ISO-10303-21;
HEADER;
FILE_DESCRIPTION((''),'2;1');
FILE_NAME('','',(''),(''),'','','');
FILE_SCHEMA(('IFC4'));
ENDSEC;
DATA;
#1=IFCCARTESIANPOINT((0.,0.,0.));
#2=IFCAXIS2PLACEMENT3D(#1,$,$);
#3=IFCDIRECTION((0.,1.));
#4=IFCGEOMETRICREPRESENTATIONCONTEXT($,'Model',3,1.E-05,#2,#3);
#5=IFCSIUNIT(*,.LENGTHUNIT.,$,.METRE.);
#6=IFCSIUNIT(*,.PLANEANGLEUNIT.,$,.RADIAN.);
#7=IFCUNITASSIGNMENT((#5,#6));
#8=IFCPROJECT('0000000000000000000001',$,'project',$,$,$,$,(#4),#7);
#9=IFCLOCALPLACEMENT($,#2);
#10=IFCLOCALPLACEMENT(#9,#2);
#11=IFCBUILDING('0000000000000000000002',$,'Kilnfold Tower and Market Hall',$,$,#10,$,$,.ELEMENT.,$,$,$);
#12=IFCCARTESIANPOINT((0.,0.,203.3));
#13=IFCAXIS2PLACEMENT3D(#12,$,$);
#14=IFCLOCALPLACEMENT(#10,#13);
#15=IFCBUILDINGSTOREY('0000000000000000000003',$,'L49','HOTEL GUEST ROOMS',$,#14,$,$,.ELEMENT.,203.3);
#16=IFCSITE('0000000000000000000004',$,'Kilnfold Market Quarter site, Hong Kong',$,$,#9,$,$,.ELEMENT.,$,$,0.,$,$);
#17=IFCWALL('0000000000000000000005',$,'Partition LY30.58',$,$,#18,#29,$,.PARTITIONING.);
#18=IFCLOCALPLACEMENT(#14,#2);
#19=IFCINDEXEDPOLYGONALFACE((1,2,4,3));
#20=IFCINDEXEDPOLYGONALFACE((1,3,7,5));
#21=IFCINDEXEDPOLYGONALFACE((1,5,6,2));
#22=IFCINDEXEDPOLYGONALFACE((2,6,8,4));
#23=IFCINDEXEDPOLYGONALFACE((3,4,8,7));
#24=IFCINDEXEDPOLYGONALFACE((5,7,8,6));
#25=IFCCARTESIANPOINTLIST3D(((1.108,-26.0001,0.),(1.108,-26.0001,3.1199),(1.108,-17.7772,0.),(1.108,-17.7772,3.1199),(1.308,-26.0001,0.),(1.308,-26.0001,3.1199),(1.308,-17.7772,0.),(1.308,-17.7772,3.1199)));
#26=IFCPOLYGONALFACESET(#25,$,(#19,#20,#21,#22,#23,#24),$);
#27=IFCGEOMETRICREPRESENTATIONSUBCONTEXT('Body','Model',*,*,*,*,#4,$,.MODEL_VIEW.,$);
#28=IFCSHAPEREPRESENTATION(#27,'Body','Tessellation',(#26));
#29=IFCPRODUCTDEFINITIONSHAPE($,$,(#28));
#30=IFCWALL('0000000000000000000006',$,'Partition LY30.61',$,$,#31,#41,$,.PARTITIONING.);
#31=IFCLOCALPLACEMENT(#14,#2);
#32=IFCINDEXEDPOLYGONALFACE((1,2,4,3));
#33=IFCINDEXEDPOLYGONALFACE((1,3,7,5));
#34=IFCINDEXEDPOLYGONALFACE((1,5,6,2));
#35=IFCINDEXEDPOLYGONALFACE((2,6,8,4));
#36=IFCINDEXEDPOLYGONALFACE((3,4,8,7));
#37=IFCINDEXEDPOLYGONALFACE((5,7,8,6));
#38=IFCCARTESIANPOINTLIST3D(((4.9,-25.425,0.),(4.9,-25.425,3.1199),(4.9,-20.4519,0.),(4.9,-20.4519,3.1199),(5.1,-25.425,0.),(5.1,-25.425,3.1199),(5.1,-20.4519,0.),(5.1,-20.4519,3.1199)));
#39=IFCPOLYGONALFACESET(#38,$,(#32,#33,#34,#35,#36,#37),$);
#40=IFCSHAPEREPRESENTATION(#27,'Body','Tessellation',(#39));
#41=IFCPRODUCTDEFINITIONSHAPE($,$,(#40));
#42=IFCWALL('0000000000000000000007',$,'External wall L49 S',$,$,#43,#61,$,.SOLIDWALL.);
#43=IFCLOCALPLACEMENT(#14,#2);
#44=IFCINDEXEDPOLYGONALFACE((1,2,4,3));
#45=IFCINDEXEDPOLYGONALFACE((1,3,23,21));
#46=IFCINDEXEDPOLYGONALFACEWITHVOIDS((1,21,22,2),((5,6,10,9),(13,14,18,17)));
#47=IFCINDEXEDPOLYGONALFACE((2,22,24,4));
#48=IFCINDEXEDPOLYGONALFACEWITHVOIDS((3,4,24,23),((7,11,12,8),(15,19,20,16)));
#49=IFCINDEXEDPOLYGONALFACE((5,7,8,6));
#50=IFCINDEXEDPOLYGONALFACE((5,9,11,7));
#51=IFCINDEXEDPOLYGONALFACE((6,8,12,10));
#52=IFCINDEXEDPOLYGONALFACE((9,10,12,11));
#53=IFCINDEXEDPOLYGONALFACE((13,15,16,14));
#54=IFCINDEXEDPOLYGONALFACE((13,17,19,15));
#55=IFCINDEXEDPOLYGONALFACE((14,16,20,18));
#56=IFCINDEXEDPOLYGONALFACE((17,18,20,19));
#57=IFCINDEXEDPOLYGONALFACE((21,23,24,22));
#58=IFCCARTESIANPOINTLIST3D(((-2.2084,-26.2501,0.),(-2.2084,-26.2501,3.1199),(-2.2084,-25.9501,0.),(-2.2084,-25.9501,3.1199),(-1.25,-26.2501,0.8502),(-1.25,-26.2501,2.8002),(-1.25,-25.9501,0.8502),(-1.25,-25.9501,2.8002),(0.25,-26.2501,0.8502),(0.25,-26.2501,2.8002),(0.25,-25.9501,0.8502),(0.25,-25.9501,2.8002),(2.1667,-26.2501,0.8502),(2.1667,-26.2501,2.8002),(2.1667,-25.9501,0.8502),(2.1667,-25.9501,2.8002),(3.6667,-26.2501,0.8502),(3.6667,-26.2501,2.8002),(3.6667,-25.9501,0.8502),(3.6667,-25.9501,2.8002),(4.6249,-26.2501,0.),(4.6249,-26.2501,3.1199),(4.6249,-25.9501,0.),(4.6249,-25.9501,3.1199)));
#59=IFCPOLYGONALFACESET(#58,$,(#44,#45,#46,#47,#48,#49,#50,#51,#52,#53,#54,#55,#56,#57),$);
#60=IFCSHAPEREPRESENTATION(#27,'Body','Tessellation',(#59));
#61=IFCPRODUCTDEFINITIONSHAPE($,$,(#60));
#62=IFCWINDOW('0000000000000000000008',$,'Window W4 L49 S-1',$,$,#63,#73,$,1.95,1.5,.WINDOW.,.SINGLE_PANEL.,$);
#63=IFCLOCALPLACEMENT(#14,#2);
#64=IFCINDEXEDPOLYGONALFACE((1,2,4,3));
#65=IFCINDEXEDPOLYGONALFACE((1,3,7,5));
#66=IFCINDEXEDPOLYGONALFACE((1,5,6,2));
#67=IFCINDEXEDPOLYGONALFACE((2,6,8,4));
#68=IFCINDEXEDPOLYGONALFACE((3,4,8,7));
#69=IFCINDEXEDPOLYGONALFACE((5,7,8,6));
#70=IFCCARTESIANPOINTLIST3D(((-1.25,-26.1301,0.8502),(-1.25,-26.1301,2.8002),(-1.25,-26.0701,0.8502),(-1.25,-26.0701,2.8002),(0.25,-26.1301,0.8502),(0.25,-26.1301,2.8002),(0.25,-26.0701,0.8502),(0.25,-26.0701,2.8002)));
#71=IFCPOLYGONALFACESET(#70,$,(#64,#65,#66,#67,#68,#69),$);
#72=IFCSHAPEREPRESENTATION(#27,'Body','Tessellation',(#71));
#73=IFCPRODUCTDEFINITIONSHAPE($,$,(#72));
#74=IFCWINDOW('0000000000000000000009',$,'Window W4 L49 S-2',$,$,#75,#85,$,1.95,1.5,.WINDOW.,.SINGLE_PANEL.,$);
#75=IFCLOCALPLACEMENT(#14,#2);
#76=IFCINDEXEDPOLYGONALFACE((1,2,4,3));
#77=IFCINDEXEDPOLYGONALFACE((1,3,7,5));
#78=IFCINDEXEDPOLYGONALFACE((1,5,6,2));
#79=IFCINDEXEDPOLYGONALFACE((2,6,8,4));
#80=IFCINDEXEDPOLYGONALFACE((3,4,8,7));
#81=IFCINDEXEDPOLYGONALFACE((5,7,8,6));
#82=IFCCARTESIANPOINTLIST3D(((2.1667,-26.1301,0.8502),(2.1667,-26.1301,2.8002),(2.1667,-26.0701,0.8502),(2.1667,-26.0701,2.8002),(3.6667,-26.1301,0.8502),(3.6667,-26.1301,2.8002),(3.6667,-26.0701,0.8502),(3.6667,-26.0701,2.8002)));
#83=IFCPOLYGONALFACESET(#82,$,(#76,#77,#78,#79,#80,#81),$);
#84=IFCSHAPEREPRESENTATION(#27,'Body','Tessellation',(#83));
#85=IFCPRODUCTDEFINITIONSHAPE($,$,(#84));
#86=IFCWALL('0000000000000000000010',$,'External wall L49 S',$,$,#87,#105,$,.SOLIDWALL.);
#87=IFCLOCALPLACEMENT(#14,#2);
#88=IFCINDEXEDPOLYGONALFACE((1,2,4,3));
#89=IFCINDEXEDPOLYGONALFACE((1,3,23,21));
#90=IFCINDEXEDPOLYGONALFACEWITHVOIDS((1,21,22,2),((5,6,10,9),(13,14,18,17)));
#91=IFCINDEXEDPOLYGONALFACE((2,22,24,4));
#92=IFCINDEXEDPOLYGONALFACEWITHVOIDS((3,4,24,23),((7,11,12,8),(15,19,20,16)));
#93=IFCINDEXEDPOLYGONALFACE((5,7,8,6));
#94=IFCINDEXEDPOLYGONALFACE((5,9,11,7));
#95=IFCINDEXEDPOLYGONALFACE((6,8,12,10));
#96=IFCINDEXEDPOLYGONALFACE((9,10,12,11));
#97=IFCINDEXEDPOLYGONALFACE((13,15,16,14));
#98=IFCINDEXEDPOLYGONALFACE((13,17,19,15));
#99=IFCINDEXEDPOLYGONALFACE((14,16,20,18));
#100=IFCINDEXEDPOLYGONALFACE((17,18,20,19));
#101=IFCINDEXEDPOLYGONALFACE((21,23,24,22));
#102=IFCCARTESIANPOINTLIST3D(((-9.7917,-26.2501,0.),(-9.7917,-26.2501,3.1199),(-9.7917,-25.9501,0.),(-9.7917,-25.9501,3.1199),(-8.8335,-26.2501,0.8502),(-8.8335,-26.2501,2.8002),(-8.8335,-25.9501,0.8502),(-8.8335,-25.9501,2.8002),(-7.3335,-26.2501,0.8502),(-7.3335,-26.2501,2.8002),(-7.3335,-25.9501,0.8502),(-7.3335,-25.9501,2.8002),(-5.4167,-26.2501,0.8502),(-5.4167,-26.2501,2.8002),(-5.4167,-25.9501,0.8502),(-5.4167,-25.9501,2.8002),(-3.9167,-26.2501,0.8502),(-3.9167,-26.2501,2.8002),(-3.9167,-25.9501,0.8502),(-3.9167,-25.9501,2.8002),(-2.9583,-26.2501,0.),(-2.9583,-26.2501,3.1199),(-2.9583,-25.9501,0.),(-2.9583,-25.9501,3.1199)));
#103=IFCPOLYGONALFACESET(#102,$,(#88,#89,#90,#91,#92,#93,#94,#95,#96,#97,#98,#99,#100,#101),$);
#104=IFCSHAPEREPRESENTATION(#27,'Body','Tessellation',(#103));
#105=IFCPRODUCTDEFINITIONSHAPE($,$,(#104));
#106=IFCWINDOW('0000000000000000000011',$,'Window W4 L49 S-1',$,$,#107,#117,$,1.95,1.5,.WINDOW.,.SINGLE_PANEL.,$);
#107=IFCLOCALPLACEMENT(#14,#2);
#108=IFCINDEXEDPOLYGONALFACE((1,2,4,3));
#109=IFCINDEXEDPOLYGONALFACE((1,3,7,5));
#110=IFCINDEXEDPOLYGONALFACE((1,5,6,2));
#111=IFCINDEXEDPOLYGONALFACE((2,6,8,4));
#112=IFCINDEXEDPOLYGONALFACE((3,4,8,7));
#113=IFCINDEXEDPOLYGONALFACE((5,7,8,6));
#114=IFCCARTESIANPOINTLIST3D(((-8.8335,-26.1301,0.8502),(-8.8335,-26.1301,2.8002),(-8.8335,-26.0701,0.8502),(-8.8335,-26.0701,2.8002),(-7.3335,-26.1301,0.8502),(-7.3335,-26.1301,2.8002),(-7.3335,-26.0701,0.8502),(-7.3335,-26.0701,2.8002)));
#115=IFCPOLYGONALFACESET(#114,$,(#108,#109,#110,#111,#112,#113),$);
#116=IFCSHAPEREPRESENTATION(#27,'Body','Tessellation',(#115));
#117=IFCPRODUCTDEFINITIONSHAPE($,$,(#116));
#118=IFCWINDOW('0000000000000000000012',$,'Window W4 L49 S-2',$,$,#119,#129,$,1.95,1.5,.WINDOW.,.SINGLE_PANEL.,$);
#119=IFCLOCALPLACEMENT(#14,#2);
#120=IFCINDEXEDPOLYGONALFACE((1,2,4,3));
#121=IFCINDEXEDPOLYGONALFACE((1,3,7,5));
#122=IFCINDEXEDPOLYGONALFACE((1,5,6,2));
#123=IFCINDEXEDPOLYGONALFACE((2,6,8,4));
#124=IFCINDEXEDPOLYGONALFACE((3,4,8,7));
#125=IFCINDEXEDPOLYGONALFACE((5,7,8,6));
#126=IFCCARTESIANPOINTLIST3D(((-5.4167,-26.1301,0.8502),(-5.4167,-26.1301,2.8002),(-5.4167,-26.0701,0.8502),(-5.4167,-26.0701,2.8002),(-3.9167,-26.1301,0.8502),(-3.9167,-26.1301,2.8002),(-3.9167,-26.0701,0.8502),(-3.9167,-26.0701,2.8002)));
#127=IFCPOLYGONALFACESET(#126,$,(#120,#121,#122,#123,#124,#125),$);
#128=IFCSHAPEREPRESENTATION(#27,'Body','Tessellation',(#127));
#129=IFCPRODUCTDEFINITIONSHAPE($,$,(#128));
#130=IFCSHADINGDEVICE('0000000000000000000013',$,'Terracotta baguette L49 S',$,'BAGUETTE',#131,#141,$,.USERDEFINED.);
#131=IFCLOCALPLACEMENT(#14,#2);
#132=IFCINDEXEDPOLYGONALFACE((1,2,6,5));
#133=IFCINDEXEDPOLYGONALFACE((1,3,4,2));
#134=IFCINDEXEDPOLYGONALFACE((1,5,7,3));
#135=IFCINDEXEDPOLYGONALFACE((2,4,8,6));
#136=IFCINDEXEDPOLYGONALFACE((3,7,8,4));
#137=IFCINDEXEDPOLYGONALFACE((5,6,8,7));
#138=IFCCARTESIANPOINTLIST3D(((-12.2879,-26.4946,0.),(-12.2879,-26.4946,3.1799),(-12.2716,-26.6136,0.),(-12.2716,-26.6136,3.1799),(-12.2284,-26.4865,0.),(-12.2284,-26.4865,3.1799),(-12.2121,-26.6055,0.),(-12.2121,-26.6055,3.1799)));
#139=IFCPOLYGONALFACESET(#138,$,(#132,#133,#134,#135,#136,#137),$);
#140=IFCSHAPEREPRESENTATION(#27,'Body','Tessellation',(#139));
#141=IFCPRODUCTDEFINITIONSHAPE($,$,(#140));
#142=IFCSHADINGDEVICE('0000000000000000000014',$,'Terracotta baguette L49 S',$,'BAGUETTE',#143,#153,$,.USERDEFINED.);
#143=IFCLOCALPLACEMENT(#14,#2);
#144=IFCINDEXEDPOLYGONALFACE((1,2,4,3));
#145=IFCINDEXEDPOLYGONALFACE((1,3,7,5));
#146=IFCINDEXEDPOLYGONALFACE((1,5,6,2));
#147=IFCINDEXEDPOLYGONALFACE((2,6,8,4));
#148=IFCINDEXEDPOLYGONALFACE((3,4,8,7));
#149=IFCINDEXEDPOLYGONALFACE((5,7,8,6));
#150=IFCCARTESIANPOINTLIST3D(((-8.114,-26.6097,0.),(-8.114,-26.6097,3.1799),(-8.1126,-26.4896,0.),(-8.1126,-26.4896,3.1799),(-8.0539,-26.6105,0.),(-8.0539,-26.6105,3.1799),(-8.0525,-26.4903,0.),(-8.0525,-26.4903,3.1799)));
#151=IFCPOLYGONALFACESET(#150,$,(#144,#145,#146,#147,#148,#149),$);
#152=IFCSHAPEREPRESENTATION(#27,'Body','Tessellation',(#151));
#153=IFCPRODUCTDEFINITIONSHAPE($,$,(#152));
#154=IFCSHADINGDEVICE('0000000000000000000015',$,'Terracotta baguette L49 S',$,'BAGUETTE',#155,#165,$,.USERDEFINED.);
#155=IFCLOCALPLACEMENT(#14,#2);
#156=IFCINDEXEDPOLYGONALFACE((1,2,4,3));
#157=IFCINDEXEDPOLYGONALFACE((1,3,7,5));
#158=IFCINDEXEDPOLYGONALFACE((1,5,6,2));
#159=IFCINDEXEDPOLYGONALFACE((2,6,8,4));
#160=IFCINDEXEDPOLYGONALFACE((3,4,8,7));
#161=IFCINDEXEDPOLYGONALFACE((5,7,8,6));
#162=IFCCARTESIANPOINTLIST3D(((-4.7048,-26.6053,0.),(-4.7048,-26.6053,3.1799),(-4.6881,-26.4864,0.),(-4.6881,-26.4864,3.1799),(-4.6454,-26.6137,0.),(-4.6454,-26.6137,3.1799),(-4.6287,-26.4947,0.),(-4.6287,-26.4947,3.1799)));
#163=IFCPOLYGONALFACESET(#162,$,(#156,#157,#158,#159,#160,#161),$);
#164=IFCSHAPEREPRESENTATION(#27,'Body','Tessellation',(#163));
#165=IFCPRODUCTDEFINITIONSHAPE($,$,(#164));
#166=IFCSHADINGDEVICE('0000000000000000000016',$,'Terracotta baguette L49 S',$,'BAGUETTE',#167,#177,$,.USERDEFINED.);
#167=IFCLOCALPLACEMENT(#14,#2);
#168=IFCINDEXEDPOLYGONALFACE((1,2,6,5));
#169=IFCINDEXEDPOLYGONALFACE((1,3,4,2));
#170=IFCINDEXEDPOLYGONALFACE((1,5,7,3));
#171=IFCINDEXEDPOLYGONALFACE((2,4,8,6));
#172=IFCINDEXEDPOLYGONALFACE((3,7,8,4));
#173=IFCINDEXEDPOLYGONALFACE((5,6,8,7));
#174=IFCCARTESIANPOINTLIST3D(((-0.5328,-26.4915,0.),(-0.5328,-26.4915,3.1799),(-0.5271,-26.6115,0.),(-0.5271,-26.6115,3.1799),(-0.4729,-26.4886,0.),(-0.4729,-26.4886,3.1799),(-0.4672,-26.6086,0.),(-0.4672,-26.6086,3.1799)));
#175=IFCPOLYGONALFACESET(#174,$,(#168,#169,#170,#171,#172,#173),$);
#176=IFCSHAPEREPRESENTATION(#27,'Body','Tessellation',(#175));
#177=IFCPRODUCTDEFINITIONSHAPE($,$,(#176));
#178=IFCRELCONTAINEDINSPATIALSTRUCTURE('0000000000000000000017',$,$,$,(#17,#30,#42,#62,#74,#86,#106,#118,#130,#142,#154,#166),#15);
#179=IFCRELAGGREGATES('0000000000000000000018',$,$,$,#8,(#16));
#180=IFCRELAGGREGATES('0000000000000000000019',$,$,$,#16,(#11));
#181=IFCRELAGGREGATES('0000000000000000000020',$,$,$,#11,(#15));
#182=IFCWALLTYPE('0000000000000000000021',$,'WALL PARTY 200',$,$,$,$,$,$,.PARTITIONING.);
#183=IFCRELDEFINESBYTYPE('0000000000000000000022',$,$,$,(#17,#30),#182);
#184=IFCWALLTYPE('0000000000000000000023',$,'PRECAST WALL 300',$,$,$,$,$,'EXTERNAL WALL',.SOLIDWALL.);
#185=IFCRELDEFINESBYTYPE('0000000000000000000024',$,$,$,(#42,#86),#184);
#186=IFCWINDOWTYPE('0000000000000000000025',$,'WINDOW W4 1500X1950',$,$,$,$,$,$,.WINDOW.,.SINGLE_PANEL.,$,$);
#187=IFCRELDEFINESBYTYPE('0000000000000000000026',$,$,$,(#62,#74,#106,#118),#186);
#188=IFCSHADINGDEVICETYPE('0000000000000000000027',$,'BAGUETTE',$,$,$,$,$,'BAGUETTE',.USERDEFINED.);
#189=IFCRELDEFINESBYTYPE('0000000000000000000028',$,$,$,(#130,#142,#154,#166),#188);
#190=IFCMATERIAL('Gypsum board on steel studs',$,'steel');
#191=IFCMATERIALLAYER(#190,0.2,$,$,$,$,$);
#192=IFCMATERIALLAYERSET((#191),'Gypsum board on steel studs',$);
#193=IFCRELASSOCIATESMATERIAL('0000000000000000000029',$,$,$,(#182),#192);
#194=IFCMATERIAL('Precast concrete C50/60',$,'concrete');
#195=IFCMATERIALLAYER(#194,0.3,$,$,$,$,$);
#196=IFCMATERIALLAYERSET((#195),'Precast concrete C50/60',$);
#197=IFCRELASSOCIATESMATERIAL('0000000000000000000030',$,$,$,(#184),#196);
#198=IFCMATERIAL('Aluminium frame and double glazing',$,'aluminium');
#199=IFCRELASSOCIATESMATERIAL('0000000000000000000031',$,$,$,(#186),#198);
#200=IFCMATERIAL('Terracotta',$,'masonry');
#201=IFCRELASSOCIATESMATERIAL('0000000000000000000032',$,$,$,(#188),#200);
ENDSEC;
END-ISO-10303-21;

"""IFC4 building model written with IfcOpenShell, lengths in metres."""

from ifc_helpers import new_model, si_unit, direction, frame, frame_2d, origin, origin_2d, place, context, subcontext, project, spatial, rectangle, extrude, source, transform, mapped, material, layer, layer_set, material_profile, profile_set, type_object, element, fill, save


model = new_model("IFC4")

# Units and contexts
model_context = context("Model", 3, precision=1e-05, world=origin(), true_north=direction((0.0, 1.0)))
body_context = subcontext(model_context, "Body", "Model", "MODEL_VIEW")
ifc_project = project(units=[si_unit("LENGTHUNIT", "METRE"), si_unit("PLANEANGLEUNIT", "RADIAN")], contexts=[model_context])

# Site, building, storey
site_placement = place(None, origin())
site = spatial("IfcSite", under=ifc_project, at=site_placement, Name="Kilnfold Market Quarter site, Hong Kong", CompositionType="ELEMENT", RefElevation=0.0)
building_placement = place(site_placement, origin())
building = spatial("IfcBuilding", under=site, at=building_placement, Name="Kilnfold Tower and Market Hall", CompositionType="ELEMENT")
storey_placement = place(building_placement, frame((0.0, 0.0, 203.3)))
storey = spatial("IfcBuildingStorey", under=building, at=storey_placement, Name="L49", Description="HOTEL GUEST ROOMS", CompositionType="ELEMENT", Elevation=203.3)

# Walls
ifc_material_1 = material(Name="Gypsum board on steel studs", Category="steel")
ifc_layer_1 = layer(ifc_material_1, 0.2)
ifc_layer_set_1 = layer_set([ifc_layer_1], Name="Gypsum board on steel studs")
wall_type_1 = type_object("IfcWallType", Name="WALL PARTY 200", PredefinedType="PARTITIONING", material=ifc_layer_set_1)
wall_1_placement = place(storey_placement, frame((1.208, -26.0, 0.0), z_axis=(0.0, 0.0, 1.0), x_axis=(0.0, 1.0, 0.0)))
element("IfcWall", 1, at=wall_1_placement, inside=storey, type_object=wall_type_1, Name="Partition LY30.58", PredefinedType="PARTITIONING", context=body_context, shape_type="SweptSolid", body=[
    extrude(rectangle(XDim=8.2229, YDim=0.2, at=frame_2d((4.1113, 0.0))), origin(), (0.0, 0.0, 1.0), 3.1199),
])
wall_2_placement = place(storey_placement, frame((5.0, -25.425, 0.0), z_axis=(0.0, 0.0, 1.0), x_axis=(0.0, 1.0, 0.0)))
element("IfcWall", 2, at=wall_2_placement, inside=storey, type_object=wall_type_1, Name="Partition LY30.61", PredefinedType="PARTITIONING", context=body_context, shape_type="SweptSolid", body=[
    extrude(rectangle(XDim=4.9731, YDim=0.2, at=frame_2d((2.4866, 0.0))), origin(), (0.0, 0.0, 1.0), 3.1199),
])

# Walls, openings, windows
ifc_material_2 = material(Name="Precast concrete C50/60", Category="concrete")
ifc_layer_2 = layer(ifc_material_2, 0.3)
ifc_layer_set_2 = layer_set([ifc_layer_2], Name="Precast concrete C50/60")
wall_type_2 = type_object("IfcWallType", Name="PRECAST WALL 300", ElementType="EXTERNAL WALL", PredefinedType="SOLIDWALL", material=ifc_layer_set_2)
shared_shape_1 = source(origin(), body_context, "Body", "SweptSolid", [
    extrude(rectangle(XDim=6.8333, YDim=0.3, at=frame_2d((3.4165, 0.0))), origin(), (0.0, 0.0, 1.0), 3.1199),
])
wall_3_placement = place(storey_placement, frame((-2.2083, -26.1001, 0.0), z_axis=(0.0, 0.0, 1.0), x_axis=(1.0, 0.0, 0.0)))
wall_3 = element("IfcWall", 3, at=wall_3_placement, inside=storey, type_object=wall_type_2, Name="External wall L49 S", PredefinedType="SOLIDWALL", context=body_context, shape_type="MappedRepresentation", body=[
    mapped(shared_shape_1, transform((0.0, 0.0, 0.0))),
])
opening_1_placement = place(wall_3_placement, frame((0.9583, 0.0, 0.8501)))
opening_1 = element("IfcOpeningElement", 4, at=opening_1_placement, cuts=wall_3, PredefinedType="OPENING", context=body_context, shape_type="SweptSolid", body=[
    extrude(rectangle(XDim=1.5, YDim=1.95, at=frame_2d((0.75, 0.9751))), frame((0.0, 0.1602, 0.0), z_axis=(0.0, -1.0, 0.0), x_axis=(1.0, 0.0, 0.0)), (0.0, 0.0, 1.0), 0.3201),
])
opening_2_placement = place(wall_3_placement, frame((4.375, 0.0, 0.8501)))
opening_2 = element("IfcOpeningElement", 5, at=opening_2_placement, cuts=wall_3, PredefinedType="OPENING", context=body_context, shape_type="SweptSolid", body=[
    extrude(rectangle(XDim=1.5, YDim=1.95, at=frame_2d((0.75, 0.9751))), frame((0.0, 0.1602, 0.0), z_axis=(0.0, -1.0, 0.0), x_axis=(1.0, 0.0, 0.0)), (0.0, 0.0, 1.0), 0.3201),
])
ifc_material_3 = material(Name="Aluminium frame and double glazing", Category="aluminium")
window_type = type_object("IfcWindowType", Name="WINDOW W4 1500X1950", PartitioningType="SINGLE_PANEL", PredefinedType="WINDOW", material=ifc_material_3)
window_1_placement = place(opening_1_placement, origin())
window_1 = element("IfcWindow", 6, at=window_1_placement, inside=storey, type_object=window_type, Name="Window W4 L49 S-1", OverallHeight=1.95, OverallWidth=1.5, PartitioningType="SINGLE_PANEL", PredefinedType="WINDOW", context=body_context, shape_type="SweptSolid", body=[
    extrude(rectangle(XDim=1.5, YDim=1.95, at=frame_2d((0.75, 0.9751))), frame((0.0, 0.03, 0.0), z_axis=(0.0, -1.0, 0.0), x_axis=(1.0, 0.0, 0.0)), (0.0, 0.0, 1.0), 0.0601),
])
fill(opening_1, window_1)
window_2_placement = place(opening_2_placement, origin())
window_2 = element("IfcWindow", 7, at=window_2_placement, inside=storey, type_object=window_type, Name="Window W4 L49 S-2", OverallHeight=1.95, OverallWidth=1.5, PartitioningType="SINGLE_PANEL", PredefinedType="WINDOW", context=body_context, shape_type="SweptSolid", body=[
    extrude(rectangle(XDim=1.5, YDim=1.95, at=frame_2d((0.75, 0.9751))), frame((0.0, 0.03, 0.0), z_axis=(0.0, -1.0, 0.0), x_axis=(1.0, 0.0, 0.0)), (0.0, 0.0, 1.0), 0.0601),
])
fill(opening_2, window_2)
shared_shape_2 = source(origin(), body_context, "Body", "SweptSolid", [
    extrude(rectangle(XDim=6.8335, YDim=0.3, at=frame_2d((3.4167, 0.0))), origin(), (0.0, 0.0, 1.0), 3.1199),
])
wall_4_placement = place(storey_placement, frame((-9.7917, -26.1001, 0.0), z_axis=(0.0, 0.0, 1.0), x_axis=(1.0, 0.0, 0.0)))
wall_4 = element("IfcWall", 8, at=wall_4_placement, inside=storey, type_object=wall_type_2, Name="External wall L49 S", PredefinedType="SOLIDWALL", context=body_context, shape_type="MappedRepresentation", body=[
    mapped(shared_shape_2, transform((0.0, 0.0, 0.0))),
])
opening_3_placement = place(wall_4_placement, frame((0.9583, 0.0, 0.8501)))
opening_3 = element("IfcOpeningElement", 9, at=opening_3_placement, cuts=wall_4, PredefinedType="OPENING", context=body_context, shape_type="SweptSolid", body=[
    extrude(rectangle(XDim=1.5, YDim=1.95, at=frame_2d((0.75, 0.9751))), frame((0.0, 0.1602, 0.0), z_axis=(0.0, -1.0, 0.0), x_axis=(1.0, 0.0, 0.0)), (0.0, 0.0, 1.0), 0.3201),
])
opening_4_placement = place(wall_4_placement, frame((4.375, 0.0, 0.8501)))
opening_4 = element("IfcOpeningElement", 10, at=opening_4_placement, cuts=wall_4, PredefinedType="OPENING", context=body_context, shape_type="SweptSolid", body=[
    extrude(rectangle(XDim=1.5, YDim=1.95, at=frame_2d((0.75, 0.9751))), frame((0.0, 0.1602, 0.0), z_axis=(0.0, -1.0, 0.0), x_axis=(1.0, 0.0, 0.0)), (0.0, 0.0, 1.0), 0.3201),
])
window_3_placement = place(opening_3_placement, origin())
window_3 = element("IfcWindow", 11, at=window_3_placement, inside=storey, type_object=window_type, Name="Window W4 L49 S-1", OverallHeight=1.95, OverallWidth=1.5, PartitioningType="SINGLE_PANEL", PredefinedType="WINDOW", context=body_context, shape_type="SweptSolid", body=[
    extrude(rectangle(XDim=1.5, YDim=1.95, at=frame_2d((0.75, 0.9751))), frame((0.0, 0.03, 0.0), z_axis=(0.0, -1.0, 0.0), x_axis=(1.0, 0.0, 0.0)), (0.0, 0.0, 1.0), 0.0601),
])
fill(opening_3, window_3)
window_4_placement = place(opening_4_placement, origin())
window_4 = element("IfcWindow", 12, at=window_4_placement, inside=storey, type_object=window_type, Name="Window W4 L49 S-2", OverallHeight=1.95, OverallWidth=1.5, PartitioningType="SINGLE_PANEL", PredefinedType="WINDOW", context=body_context, shape_type="SweptSolid", body=[
    extrude(rectangle(XDim=1.5, YDim=1.95, at=frame_2d((0.75, 0.9751))), frame((0.0, 0.03, 0.0), z_axis=(0.0, -1.0, 0.0), x_axis=(1.0, 0.0, 0.0)), (0.0, 0.0, 1.0), 0.0601),
])
fill(opening_4, window_4)

# Shading devices
ifc_material_4 = material(Name="Terracotta", Category="masonry")
ifc_material_profile_1 = material_profile(ifc_material_4, rectangle(XDim=0.0601, YDim=0.1201, at=origin_2d()), Name="BAG 60x120")
ifc_profile_set_1 = profile_set([ifc_material_profile_1], Name="Terracotta")
shading_device_type = type_object("IfcShadingDeviceType", Name="BAGUETTE", ElementType="BAGUETTE", PredefinedType="USERDEFINED", material=ifc_profile_set_1)
shared_shape_3 = source(origin(), body_context, "Body", "SweptSolid", [
    extrude(rectangle(XDim=0.0601, YDim=0.1201, at=origin_2d()), origin(), (0.0, 0.0, 1.0), 3.1799),
])
for number, where, z_axis, x_axis, name in (
    (13, (-12.25, -26.55, 0.0), (0.0, 0.0, 1.0), (0.990708, 0.136003, 0.0), "Terracotta baguette L49 S"),
    (14, (-8.0833, -26.55, 0.0), (0.0, 0.0, 1.0), (0.99993, -0.011807, 0.0), "Terracotta baguette L49 S"),
    (15, (-4.6667, -26.55, 0.0), (0.0, 0.0, 1.0), (0.99029, -0.139019, 0.0), "Terracotta baguette L49 S"),
    (16, (-0.5, -26.55, 0.0), (0.0, 0.0, 1.0), (0.998876, 0.047398, 0.0), "Terracotta baguette L49 S"),
):
    element("IfcShadingDevice", number, at=place(storey_placement, frame(where, z_axis=z_axis, x_axis=x_axis)), inside=storey, type_object=shading_device_type, Name=name, ObjectType="BAGUETTE", PredefinedType="USERDEFINED", context=body_context, shape_type="MappedRepresentation", body=[
        mapped(shared_shape_3, transform((0.0, 0.0, 0.0))),
    ])

save(model, "model.ifc")
